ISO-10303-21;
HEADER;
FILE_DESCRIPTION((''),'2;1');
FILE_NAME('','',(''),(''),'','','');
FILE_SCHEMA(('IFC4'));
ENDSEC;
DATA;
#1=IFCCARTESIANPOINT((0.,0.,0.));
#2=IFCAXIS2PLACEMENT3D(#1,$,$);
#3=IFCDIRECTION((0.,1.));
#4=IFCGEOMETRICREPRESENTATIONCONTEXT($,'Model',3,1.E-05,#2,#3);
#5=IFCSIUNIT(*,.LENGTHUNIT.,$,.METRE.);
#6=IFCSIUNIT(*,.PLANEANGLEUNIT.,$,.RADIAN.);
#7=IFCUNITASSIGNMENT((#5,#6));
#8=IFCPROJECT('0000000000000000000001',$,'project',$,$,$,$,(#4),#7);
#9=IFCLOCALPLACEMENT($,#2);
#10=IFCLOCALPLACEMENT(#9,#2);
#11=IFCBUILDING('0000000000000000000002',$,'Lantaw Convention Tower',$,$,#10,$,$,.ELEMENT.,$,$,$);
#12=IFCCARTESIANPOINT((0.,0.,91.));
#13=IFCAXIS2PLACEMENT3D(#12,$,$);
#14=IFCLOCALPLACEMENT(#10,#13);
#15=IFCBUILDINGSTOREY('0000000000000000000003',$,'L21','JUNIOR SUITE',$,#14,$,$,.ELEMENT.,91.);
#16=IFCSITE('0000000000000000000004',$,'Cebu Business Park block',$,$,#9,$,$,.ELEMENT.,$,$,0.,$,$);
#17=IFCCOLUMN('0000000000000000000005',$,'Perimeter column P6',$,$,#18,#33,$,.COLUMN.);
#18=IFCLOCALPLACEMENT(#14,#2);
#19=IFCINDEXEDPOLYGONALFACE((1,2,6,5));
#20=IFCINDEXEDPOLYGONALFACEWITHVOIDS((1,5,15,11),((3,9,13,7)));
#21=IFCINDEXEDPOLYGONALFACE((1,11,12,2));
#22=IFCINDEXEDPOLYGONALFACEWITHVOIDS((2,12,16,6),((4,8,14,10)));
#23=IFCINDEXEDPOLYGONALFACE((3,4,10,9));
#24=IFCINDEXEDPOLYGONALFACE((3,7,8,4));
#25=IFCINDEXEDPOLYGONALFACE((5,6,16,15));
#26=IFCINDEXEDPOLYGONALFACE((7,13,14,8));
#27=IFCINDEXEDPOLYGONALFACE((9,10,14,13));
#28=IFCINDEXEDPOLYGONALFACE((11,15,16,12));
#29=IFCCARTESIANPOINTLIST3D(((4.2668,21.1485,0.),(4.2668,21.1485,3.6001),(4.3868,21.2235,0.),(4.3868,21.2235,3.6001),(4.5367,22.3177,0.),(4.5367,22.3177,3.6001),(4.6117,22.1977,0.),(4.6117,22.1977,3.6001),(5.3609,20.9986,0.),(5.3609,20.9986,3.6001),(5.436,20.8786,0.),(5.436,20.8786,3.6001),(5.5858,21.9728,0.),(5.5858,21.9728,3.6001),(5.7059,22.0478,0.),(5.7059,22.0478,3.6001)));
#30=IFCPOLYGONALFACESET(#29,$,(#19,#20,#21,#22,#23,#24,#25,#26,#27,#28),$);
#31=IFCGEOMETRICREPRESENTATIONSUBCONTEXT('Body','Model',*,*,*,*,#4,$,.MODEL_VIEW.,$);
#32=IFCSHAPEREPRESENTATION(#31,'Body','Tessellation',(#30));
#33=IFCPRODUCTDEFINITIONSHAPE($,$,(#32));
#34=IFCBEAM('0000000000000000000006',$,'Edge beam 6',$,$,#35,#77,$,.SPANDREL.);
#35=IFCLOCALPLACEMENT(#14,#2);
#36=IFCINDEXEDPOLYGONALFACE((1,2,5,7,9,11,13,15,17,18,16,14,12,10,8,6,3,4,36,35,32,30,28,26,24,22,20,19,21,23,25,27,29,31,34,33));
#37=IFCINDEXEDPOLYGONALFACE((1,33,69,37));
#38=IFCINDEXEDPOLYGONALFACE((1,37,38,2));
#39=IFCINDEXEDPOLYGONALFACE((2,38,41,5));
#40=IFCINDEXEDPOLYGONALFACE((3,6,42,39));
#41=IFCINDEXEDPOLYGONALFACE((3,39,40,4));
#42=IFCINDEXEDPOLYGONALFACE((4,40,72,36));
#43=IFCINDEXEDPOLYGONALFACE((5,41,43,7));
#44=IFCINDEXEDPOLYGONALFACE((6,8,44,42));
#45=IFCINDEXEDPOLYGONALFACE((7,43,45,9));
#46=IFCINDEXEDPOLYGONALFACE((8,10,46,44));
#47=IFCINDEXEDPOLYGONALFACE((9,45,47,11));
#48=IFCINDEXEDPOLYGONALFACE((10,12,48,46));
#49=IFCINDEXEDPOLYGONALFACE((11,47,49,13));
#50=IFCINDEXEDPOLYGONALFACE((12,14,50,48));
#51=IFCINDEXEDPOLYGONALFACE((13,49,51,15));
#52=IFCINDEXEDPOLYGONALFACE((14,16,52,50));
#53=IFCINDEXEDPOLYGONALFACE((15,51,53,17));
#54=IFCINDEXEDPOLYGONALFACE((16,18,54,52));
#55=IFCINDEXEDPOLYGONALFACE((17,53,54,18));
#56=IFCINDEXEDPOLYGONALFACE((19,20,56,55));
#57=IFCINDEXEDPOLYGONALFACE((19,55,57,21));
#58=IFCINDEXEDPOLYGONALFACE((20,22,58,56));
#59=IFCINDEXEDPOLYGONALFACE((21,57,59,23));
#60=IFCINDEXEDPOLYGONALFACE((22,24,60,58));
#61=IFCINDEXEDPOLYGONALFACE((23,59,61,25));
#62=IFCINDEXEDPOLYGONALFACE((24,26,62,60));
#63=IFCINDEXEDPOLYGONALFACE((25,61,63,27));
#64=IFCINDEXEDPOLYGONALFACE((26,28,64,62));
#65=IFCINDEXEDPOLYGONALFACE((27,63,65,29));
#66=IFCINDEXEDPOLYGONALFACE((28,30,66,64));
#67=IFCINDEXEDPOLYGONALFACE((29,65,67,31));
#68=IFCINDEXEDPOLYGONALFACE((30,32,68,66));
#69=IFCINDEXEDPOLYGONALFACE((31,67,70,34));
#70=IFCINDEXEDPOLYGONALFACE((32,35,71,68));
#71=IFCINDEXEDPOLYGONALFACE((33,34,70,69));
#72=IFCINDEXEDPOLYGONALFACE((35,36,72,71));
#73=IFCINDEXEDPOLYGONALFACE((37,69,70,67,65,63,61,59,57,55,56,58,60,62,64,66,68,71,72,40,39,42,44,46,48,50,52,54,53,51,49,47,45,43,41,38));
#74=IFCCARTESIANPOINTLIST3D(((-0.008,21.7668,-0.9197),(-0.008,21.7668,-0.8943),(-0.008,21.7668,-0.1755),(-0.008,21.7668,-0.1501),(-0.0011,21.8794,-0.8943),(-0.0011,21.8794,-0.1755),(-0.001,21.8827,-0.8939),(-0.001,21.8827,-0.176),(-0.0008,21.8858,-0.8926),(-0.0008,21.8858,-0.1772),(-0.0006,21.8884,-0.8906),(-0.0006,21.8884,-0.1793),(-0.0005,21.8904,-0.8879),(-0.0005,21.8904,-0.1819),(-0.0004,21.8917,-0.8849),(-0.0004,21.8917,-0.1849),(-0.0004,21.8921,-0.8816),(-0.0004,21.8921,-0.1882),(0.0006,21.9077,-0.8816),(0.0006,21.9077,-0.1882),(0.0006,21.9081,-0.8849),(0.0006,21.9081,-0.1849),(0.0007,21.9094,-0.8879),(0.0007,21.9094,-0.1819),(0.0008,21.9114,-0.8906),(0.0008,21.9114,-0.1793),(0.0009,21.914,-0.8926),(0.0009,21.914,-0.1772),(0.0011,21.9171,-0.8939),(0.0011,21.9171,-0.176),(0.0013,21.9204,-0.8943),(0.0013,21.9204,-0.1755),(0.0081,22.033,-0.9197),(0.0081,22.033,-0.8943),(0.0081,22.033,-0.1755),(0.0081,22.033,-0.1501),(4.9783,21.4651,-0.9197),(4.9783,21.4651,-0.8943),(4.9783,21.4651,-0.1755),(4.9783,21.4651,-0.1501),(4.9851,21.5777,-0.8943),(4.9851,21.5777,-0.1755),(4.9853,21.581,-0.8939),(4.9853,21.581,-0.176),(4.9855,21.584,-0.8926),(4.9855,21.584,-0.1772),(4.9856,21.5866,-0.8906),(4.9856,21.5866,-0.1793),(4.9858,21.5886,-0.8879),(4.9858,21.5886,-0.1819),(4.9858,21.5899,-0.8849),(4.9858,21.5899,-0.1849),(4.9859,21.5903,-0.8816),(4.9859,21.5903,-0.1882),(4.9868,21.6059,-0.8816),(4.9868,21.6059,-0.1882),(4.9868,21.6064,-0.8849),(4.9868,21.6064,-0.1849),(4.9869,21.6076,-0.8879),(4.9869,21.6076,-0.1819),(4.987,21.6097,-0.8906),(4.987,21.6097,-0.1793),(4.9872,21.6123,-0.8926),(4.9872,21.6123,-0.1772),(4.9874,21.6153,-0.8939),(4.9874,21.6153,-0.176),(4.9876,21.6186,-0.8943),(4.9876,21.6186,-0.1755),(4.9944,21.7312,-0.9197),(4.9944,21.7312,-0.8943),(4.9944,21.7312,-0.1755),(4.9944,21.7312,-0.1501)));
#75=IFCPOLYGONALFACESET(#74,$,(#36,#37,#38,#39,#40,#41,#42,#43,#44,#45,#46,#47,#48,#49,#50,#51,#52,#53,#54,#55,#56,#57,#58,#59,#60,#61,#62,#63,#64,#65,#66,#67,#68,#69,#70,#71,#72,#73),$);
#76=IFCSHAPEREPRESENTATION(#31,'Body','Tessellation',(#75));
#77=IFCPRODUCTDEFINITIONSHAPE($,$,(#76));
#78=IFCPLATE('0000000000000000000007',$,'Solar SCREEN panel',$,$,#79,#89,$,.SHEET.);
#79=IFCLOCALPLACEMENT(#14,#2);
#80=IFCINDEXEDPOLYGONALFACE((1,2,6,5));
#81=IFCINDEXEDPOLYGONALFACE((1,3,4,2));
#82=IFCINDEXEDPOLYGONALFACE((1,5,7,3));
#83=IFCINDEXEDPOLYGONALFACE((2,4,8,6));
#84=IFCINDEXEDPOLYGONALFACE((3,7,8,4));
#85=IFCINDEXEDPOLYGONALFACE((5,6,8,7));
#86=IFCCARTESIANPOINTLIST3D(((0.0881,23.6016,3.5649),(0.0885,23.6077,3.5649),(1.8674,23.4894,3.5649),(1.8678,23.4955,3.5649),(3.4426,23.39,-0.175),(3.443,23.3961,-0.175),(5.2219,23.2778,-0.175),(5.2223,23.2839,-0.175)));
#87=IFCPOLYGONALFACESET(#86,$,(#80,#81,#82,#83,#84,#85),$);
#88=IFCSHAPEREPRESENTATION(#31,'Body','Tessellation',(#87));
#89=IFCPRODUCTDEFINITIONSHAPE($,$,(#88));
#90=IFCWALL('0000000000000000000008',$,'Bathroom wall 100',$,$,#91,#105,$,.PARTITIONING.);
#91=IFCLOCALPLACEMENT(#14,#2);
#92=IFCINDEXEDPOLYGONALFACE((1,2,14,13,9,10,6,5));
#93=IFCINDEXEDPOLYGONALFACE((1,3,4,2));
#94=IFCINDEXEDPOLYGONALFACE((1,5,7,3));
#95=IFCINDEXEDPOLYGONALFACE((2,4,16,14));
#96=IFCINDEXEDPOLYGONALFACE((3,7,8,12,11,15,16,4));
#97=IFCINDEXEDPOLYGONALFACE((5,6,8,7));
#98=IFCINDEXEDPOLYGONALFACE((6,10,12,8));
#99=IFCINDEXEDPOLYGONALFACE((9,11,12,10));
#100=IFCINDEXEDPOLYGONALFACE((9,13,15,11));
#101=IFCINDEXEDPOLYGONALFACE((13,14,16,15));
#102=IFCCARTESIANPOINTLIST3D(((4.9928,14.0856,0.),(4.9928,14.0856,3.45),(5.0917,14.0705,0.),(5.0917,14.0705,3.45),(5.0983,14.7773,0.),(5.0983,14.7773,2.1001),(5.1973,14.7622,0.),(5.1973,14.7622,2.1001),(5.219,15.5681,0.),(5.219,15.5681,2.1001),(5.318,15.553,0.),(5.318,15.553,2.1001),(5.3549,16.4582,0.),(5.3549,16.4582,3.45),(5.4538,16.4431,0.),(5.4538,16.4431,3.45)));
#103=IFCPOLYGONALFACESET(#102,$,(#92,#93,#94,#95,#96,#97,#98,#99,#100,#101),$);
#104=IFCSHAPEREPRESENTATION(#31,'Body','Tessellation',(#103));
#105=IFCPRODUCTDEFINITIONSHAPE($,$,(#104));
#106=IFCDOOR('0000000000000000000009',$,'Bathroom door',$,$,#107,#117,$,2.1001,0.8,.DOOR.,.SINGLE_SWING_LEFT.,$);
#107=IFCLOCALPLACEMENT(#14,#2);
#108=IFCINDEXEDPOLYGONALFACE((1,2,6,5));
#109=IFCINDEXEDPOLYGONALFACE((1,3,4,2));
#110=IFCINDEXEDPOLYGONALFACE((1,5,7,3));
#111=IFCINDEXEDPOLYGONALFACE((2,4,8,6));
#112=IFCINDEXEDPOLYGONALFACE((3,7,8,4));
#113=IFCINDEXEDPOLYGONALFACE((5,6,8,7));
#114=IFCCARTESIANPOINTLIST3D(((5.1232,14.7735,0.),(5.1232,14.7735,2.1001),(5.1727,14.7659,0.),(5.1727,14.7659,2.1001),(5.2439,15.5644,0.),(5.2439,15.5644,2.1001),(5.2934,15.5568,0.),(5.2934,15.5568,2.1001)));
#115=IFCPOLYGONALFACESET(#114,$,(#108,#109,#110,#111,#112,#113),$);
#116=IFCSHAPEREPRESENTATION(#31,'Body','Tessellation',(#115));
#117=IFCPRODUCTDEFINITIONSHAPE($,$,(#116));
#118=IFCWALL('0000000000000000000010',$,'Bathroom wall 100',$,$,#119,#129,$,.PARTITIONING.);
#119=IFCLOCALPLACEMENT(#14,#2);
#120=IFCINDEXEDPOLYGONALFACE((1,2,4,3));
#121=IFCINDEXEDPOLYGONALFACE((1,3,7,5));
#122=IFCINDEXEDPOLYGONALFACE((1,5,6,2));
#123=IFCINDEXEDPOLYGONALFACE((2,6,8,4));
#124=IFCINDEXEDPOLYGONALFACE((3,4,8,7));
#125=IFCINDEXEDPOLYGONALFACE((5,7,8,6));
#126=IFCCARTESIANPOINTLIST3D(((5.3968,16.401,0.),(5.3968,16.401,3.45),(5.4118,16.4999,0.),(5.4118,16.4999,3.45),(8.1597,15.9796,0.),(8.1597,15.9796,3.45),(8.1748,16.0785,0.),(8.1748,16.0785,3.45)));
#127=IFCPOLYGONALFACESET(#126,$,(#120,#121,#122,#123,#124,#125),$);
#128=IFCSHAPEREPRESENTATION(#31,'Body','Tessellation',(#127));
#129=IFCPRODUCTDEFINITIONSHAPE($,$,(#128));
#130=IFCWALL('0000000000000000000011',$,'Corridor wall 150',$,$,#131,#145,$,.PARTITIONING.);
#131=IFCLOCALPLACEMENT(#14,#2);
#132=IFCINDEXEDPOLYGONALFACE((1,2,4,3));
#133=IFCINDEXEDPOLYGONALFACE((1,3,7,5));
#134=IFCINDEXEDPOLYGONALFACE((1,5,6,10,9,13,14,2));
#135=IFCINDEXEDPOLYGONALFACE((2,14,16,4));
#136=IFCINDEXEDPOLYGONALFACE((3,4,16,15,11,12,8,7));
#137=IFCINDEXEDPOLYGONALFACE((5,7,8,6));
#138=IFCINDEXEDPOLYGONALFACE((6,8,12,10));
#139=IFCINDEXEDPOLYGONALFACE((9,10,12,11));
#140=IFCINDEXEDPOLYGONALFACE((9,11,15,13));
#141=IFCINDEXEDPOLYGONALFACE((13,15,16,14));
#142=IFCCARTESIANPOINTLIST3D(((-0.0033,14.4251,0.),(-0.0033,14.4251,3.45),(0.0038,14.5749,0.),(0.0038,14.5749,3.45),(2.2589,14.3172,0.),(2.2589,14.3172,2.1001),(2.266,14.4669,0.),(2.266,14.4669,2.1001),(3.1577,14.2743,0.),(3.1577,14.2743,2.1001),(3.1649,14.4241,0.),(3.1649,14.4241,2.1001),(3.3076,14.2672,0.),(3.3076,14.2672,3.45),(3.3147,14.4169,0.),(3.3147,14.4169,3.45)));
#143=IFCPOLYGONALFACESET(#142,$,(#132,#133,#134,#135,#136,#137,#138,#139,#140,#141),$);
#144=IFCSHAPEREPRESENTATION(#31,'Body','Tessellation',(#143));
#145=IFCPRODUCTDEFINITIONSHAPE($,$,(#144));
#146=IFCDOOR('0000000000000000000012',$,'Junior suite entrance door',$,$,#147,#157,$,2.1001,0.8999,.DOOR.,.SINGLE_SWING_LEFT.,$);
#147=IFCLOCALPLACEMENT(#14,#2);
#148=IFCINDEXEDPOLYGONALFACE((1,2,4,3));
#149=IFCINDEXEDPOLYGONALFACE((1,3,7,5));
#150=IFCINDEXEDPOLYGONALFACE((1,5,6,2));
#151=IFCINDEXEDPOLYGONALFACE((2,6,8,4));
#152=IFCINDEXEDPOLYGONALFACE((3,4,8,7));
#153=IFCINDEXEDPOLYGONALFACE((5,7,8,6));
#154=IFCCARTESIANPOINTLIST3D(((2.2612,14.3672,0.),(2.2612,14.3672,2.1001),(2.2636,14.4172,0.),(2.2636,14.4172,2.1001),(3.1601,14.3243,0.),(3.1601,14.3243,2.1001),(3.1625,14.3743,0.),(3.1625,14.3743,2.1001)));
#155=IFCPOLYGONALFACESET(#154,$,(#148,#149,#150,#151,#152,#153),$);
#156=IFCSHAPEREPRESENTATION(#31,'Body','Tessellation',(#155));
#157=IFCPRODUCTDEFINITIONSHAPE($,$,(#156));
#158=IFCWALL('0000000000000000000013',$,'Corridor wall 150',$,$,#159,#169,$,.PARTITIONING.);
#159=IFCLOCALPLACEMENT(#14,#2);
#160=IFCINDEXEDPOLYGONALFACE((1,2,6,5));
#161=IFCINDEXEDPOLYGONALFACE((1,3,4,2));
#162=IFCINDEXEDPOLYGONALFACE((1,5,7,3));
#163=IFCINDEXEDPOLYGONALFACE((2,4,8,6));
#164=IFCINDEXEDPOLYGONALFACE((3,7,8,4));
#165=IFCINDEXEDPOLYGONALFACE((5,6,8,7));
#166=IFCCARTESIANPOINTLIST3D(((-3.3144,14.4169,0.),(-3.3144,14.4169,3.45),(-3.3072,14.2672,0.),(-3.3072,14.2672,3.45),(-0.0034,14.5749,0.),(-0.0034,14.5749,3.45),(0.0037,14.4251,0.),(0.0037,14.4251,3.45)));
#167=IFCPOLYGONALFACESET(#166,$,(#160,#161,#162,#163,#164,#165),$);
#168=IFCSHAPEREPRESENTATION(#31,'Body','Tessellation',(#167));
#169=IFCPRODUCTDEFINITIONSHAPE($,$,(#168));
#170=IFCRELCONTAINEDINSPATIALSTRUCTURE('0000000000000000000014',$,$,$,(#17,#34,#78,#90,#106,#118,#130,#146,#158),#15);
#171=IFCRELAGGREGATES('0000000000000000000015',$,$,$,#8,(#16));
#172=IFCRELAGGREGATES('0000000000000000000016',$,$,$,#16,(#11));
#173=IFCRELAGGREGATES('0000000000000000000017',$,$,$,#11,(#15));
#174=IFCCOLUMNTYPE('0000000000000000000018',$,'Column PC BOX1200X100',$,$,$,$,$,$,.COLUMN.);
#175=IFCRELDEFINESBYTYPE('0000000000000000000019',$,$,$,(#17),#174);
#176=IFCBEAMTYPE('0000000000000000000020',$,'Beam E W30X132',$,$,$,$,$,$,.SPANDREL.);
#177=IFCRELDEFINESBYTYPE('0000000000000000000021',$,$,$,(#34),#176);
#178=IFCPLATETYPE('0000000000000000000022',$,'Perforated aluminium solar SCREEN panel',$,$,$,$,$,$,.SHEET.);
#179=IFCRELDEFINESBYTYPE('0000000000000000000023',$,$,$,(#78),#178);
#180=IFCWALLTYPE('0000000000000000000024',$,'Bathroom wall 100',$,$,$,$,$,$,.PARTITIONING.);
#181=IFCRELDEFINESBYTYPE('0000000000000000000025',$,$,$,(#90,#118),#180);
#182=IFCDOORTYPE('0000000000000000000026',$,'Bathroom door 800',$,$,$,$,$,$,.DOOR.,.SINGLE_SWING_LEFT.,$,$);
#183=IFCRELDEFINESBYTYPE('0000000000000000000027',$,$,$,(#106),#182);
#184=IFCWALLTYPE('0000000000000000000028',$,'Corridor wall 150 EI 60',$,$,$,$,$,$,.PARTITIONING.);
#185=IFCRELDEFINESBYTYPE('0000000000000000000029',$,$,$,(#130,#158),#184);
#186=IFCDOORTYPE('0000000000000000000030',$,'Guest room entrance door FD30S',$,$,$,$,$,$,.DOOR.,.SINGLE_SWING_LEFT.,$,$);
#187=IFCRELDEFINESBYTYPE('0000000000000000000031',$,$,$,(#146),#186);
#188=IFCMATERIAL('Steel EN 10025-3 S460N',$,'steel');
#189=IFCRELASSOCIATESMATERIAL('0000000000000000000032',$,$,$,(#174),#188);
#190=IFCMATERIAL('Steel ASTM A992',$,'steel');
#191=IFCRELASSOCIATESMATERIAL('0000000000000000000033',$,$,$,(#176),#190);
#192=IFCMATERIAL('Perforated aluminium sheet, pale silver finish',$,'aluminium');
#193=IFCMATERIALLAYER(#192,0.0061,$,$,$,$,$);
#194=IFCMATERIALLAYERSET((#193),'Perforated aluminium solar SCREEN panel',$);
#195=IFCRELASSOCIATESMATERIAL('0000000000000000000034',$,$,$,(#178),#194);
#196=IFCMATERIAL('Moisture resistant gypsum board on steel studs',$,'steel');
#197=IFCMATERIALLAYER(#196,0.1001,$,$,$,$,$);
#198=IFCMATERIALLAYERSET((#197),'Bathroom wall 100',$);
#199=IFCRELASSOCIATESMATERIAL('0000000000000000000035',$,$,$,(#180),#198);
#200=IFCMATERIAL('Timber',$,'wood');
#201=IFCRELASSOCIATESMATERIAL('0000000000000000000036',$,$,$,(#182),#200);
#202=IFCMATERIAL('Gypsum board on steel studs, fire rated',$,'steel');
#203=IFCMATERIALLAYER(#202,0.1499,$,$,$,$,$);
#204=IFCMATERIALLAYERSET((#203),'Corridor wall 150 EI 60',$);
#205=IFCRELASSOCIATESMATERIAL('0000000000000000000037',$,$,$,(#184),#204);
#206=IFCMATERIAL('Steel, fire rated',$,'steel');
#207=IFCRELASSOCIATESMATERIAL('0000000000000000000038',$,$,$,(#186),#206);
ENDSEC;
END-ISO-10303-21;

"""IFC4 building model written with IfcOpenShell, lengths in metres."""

from ifc_helpers import new_model, si_unit, direction, frame, frame_2d, origin, origin_2d, place, context, subcontext, project, spatial, polyline, rectangle, hollow_rectangle, i_section, outline, extrude, material, layer, layer_set, material_profile, profile_set, type_object, element, fill, save


model = new_model("IFC4")

# Units and contexts
model_context = context("Model", 3, precision=1e-05, world=origin(), true_north=direction((0.0, 1.0)))
body_context = subcontext(model_context, "Body", "Model", "MODEL_VIEW")
ifc_project = project(units=[si_unit("LENGTHUNIT", "METRE"), si_unit("PLANEANGLEUNIT", "RADIAN")], contexts=[model_context])

# Site, building, storey
site_placement = place(None, origin())
site = spatial("IfcSite", under=ifc_project, at=site_placement, Name="Cebu Business Park block", CompositionType="ELEMENT", RefElevation=0.0)
building_placement = place(site_placement, origin())
building = spatial("IfcBuilding", under=site, at=building_placement, Name="Lantaw Convention Tower", CompositionType="ELEMENT")
storey_placement = place(building_placement, frame((0.0, 0.0, 91.0)))
storey = spatial("IfcBuildingStorey", under=building, at=storey_placement, Name="L21", Description="JUNIOR SUITE", CompositionType="ELEMENT", Elevation=91.0)

# Column
ifc_material_1 = material(Name="Steel EN 10025-3 S460N", Category="steel")
ifc_material_profile_1 = material_profile(ifc_material_1, hollow_rectangle(XDim=1.2, YDim=1.2, WallThickness=0.1001, at=origin_2d()), Name="BOX1200X100")
ifc_material_2 = material(Name="Concrete C60/75", Category="concrete")
ifc_material_profile_2 = material_profile(ifc_material_2, rectangle(XDim=1.0, YDim=1.0, at=origin_2d()), Name="Concrete fill of BOX1200X100")
ifc_profile_set_1 = profile_set([ifc_material_profile_1, ifc_material_profile_2], Name="Steel EN 10025-3 S460N")
column_type = type_object("IfcColumnType", Name="Column PC BOX1200X100", PredefinedType="COLUMN", material=ifc_profile_set_1)
column_placement = place(storey_placement, frame((4.9863, 21.5981, 0.0), z_axis=(0.0, 0.0, 1.0), x_axis=(0.224951, 0.97437, 0.0)))
element("IfcColumn", 1, at=column_placement, inside=storey, type_object=column_type, Name="Perimeter column P6", PredefinedType="COLUMN", context=body_context, shape_type="SweptSolid", body=[
    extrude(hollow_rectangle(XDim=1.2, YDim=1.2, WallThickness=0.1001, at=origin_2d()), origin(), (0.0, 0.0, 1.0), 3.6001),
])

# Beam
ifc_material_3 = material(Name="Steel ASTM A992", Category="steel")
ifc_material_profile_3 = material_profile(ifc_material_3, i_section(OverallWidth=0.2666, OverallDepth=0.7695, WebThickness=0.0156, FlangeThickness=0.0254, FilletRadius=0.0127, at=origin_2d()), Name="W30X132")
ifc_profile_set_2 = profile_set([ifc_material_profile_3], Name="Steel ASTM A992")
beam_type = type_object("IfcBeamType", Name="Beam E W30X132", PredefinedType="SPANDREL", material=ifc_profile_set_2)
beam_placement = place(storey_placement, frame((4.9863, 21.5981, -0.5349), z_axis=(-0.998174, 0.060407, 0.0), x_axis=(-0.060407, -0.998174, 0.0)))
element("IfcBeam", 2, at=beam_placement, inside=storey, type_object=beam_type, Name="Edge beam 6", PredefinedType="SPANDREL", context=body_context, shape_type="SweptSolid", body=[
    extrude(i_section(OverallWidth=0.2666, OverallDepth=0.7695, WebThickness=0.0156, FlangeThickness=0.0254, FilletRadius=0.0127, at=origin_2d()), origin(), (0.0, 0.0, 1.0), 4.9954),
])

# Plate
ifc_material_4 = material(Name="Perforated aluminium sheet, pale silver finish", Category="aluminium")
ifc_layer_1 = layer(ifc_material_4, 0.0061)
ifc_layer_set_1 = layer_set([ifc_layer_1], Name="Perforated aluminium solar SCREEN panel")
plate_type = type_object("IfcPlateType", Name="Perforated aluminium solar SCREEN panel", PredefinedType="SHEET", material=ifc_layer_set_1)
plate_placement = place(storey_placement, frame((5.2219, 23.2778, -0.175), z_axis=(-0.062924, -0.998018, 0.000014), x_axis=(-0.998018, 0.062924, 0.0)))
element("IfcPlate", 3, at=plate_placement, inside=storey, type_object=plate_type, Name="Solar SCREEN panel", PredefinedType="SHEET", context=body_context, shape_type="SweptSolid", body=[
    extrude(outline(polyline([(0.0, 0.0), (1.7828, 0.0), (5.144, -3.74), (3.3612, -3.74), (0.0, 0.0)])), origin(), (0.0, 0.0, -1.0), 0.0061),
])

# Wall, opening, door
ifc_material_5 = material(Name="Moisture resistant gypsum board on steel studs", Category="steel")
ifc_layer_2 = layer(ifc_material_5, 0.1001)
ifc_layer_set_2 = layer_set([ifc_layer_2], Name="Bathroom wall 100")
wall_type_1 = type_object("IfcWallType", Name="Bathroom wall 100", PredefinedType="PARTITIONING", material=ifc_layer_set_2)
wall_1_placement = place(storey_placement, frame((5.0422, 14.0779, 0.0), z_axis=(0.0, 0.0, 1.0), x_axis=(0.150857, 0.988556, 0.0)))
wall_1 = element("IfcWall", 4, at=wall_1_placement, inside=storey, type_object=wall_type_1, Name="Bathroom wall 100", PredefinedType="PARTITIONING", context=body_context, shape_type="SweptSolid", body=[
    extrude(rectangle(XDim=2.4001, YDim=0.1001, at=frame_2d((1.2002, 0.0))), origin(), (0.0, 0.0, 1.0), 3.45),
])
opening_1_placement = place(wall_1_placement, frame((0.7, 0.0, 0.0)))
opening_1 = element("IfcOpeningElement", 5, at=opening_1_placement, cuts=wall_1, PredefinedType="OPENING", context=body_context, shape_type="SweptSolid", body=[
    extrude(rectangle(XDim=0.8, YDim=2.1001, at=frame_2d((0.3999, 1.05))), frame((0.0, 0.0601, 0.0), z_axis=(0.0, -1.0, 0.0), x_axis=(1.0, 0.0, 0.0)), (0.0, 0.0, 1.0), 0.1201),
])
ifc_material_6 = material(Name="Timber", Category="wood")
door_type_1 = type_object("IfcDoorType", Name="Bathroom door 800", OperationType="SINGLE_SWING_LEFT", PredefinedType="DOOR", material=ifc_material_6)
door_1_placement = place(opening_1_placement, origin())
door_1 = element("IfcDoor", 6, at=door_1_placement, inside=storey, type_object=door_type_1, Name="Bathroom door", OperationType="SINGLE_SWING_LEFT", OverallHeight=2.1001, OverallWidth=0.8, PredefinedType="DOOR", context=body_context, shape_type="SweptSolid", body=[
    extrude(rectangle(XDim=0.8, YDim=2.1001, at=frame_2d((0.3999, 1.05))), frame((0.0, 0.0249, 0.0), z_axis=(0.0, -1.0, 0.0), x_axis=(1.0, 0.0, 0.0)), (0.0, 0.0, 1.0), 0.05),
])
fill(opening_1, door_1)

# Wall
wall_2_placement = place(storey_placement, frame((5.4043, 16.4504, 0.0), z_axis=(0.0, 0.0, 1.0), x_axis=(0.988569, -0.15077, 0.0)))
element("IfcWall", 7, at=wall_2_placement, inside=storey, type_object=wall_type_1, Name="Bathroom wall 100", PredefinedType="PARTITIONING", context=body_context, shape_type="SweptSolid", body=[
    extrude(rectangle(XDim=2.7949, YDim=0.1001, at=frame_2d((1.3975, 0.0))), origin(), (0.0, 0.0, 1.0), 3.45),
])

# Wall, opening, door
ifc_material_7 = material(Name="Gypsum board on steel studs, fire rated", Category="steel")
ifc_layer_3 = layer(ifc_material_7, 0.1499)
ifc_layer_set_3 = layer_set([ifc_layer_3], Name="Corridor wall 150 EI 60")
wall_type_2 = type_object("IfcWallType", Name="Corridor wall 150 EI 60", PredefinedType="PARTITIONING", material=ifc_layer_set_3)
wall_3_placement = place(storey_placement, frame((3.311, 14.342, 0.0), z_axis=(0.0, 0.0, 1.0), x_axis=(-0.998864, 0.047653, 0.0)))
wall_3 = element("IfcWall", 8, at=wall_3_placement, inside=storey, type_object=wall_type_2, Name="Corridor wall 150", PredefinedType="PARTITIONING", context=body_context, shape_type="SweptSolid", body=[
    extrude(rectangle(XDim=3.3147, YDim=0.1499, at=frame_2d((1.6572, 0.0))), origin(), (0.0, 0.0, 1.0), 3.45),
])
opening_2_placement = place(wall_3_placement, frame((0.1499, 0.0, 0.0)))
opening_2 = element("IfcOpeningElement", 9, at=opening_2_placement, cuts=wall_3, PredefinedType="OPENING", context=body_context, shape_type="SweptSolid", body=[
    extrude(rectangle(XDim=0.8999, YDim=2.1001, at=frame_2d((0.45, 1.05))), frame((0.0, 0.085, 0.0), z_axis=(0.0, -1.0, 0.0), x_axis=(1.0, 0.0, 0.0)), (0.0, 0.0, 1.0), 0.1699),
])
ifc_material_8 = material(Name="Steel, fire rated", Category="steel")
door_type_2 = type_object("IfcDoorType", Name="Guest room entrance door FD30S", OperationType="SINGLE_SWING_LEFT", PredefinedType="DOOR", material=ifc_material_8)
door_2_placement = place(opening_2_placement, origin())
door_2 = element("IfcDoor", 10, at=door_2_placement, inside=storey, type_object=door_type_2, Name="Junior suite entrance door", OperationType="SINGLE_SWING_LEFT", OverallHeight=2.1001, OverallWidth=0.8999, PredefinedType="DOOR", context=body_context, shape_type="SweptSolid", body=[
    extrude(rectangle(XDim=0.8999, YDim=2.1001, at=frame_2d((0.45, 1.05))), frame((0.0, 0.0249, 0.0), z_axis=(0.0, -1.0, 0.0), x_axis=(1.0, 0.0, 0.0)), (0.0, 0.0, 1.0), 0.05),
])
fill(opening_2, door_2)

# Wall
wall_4_placement = place(storey_placement, frame((0.0, 14.5, 0.0), z_axis=(0.0, 0.0, 1.0), x_axis=(-0.998864, -0.047653, 0.0)))
element("IfcWall", 11, at=wall_4_placement, inside=storey, type_object=wall_type_2, Name="Corridor wall 150", PredefinedType="PARTITIONING", context=body_context, shape_type="SweptSolid", body=[
    extrude(rectangle(XDim=3.3147, YDim=0.1499, at=frame_2d((1.6572, 0.0))), origin(), (0.0, 0.0, 1.0), 3.45),
])

save(model, "model.ifc")
